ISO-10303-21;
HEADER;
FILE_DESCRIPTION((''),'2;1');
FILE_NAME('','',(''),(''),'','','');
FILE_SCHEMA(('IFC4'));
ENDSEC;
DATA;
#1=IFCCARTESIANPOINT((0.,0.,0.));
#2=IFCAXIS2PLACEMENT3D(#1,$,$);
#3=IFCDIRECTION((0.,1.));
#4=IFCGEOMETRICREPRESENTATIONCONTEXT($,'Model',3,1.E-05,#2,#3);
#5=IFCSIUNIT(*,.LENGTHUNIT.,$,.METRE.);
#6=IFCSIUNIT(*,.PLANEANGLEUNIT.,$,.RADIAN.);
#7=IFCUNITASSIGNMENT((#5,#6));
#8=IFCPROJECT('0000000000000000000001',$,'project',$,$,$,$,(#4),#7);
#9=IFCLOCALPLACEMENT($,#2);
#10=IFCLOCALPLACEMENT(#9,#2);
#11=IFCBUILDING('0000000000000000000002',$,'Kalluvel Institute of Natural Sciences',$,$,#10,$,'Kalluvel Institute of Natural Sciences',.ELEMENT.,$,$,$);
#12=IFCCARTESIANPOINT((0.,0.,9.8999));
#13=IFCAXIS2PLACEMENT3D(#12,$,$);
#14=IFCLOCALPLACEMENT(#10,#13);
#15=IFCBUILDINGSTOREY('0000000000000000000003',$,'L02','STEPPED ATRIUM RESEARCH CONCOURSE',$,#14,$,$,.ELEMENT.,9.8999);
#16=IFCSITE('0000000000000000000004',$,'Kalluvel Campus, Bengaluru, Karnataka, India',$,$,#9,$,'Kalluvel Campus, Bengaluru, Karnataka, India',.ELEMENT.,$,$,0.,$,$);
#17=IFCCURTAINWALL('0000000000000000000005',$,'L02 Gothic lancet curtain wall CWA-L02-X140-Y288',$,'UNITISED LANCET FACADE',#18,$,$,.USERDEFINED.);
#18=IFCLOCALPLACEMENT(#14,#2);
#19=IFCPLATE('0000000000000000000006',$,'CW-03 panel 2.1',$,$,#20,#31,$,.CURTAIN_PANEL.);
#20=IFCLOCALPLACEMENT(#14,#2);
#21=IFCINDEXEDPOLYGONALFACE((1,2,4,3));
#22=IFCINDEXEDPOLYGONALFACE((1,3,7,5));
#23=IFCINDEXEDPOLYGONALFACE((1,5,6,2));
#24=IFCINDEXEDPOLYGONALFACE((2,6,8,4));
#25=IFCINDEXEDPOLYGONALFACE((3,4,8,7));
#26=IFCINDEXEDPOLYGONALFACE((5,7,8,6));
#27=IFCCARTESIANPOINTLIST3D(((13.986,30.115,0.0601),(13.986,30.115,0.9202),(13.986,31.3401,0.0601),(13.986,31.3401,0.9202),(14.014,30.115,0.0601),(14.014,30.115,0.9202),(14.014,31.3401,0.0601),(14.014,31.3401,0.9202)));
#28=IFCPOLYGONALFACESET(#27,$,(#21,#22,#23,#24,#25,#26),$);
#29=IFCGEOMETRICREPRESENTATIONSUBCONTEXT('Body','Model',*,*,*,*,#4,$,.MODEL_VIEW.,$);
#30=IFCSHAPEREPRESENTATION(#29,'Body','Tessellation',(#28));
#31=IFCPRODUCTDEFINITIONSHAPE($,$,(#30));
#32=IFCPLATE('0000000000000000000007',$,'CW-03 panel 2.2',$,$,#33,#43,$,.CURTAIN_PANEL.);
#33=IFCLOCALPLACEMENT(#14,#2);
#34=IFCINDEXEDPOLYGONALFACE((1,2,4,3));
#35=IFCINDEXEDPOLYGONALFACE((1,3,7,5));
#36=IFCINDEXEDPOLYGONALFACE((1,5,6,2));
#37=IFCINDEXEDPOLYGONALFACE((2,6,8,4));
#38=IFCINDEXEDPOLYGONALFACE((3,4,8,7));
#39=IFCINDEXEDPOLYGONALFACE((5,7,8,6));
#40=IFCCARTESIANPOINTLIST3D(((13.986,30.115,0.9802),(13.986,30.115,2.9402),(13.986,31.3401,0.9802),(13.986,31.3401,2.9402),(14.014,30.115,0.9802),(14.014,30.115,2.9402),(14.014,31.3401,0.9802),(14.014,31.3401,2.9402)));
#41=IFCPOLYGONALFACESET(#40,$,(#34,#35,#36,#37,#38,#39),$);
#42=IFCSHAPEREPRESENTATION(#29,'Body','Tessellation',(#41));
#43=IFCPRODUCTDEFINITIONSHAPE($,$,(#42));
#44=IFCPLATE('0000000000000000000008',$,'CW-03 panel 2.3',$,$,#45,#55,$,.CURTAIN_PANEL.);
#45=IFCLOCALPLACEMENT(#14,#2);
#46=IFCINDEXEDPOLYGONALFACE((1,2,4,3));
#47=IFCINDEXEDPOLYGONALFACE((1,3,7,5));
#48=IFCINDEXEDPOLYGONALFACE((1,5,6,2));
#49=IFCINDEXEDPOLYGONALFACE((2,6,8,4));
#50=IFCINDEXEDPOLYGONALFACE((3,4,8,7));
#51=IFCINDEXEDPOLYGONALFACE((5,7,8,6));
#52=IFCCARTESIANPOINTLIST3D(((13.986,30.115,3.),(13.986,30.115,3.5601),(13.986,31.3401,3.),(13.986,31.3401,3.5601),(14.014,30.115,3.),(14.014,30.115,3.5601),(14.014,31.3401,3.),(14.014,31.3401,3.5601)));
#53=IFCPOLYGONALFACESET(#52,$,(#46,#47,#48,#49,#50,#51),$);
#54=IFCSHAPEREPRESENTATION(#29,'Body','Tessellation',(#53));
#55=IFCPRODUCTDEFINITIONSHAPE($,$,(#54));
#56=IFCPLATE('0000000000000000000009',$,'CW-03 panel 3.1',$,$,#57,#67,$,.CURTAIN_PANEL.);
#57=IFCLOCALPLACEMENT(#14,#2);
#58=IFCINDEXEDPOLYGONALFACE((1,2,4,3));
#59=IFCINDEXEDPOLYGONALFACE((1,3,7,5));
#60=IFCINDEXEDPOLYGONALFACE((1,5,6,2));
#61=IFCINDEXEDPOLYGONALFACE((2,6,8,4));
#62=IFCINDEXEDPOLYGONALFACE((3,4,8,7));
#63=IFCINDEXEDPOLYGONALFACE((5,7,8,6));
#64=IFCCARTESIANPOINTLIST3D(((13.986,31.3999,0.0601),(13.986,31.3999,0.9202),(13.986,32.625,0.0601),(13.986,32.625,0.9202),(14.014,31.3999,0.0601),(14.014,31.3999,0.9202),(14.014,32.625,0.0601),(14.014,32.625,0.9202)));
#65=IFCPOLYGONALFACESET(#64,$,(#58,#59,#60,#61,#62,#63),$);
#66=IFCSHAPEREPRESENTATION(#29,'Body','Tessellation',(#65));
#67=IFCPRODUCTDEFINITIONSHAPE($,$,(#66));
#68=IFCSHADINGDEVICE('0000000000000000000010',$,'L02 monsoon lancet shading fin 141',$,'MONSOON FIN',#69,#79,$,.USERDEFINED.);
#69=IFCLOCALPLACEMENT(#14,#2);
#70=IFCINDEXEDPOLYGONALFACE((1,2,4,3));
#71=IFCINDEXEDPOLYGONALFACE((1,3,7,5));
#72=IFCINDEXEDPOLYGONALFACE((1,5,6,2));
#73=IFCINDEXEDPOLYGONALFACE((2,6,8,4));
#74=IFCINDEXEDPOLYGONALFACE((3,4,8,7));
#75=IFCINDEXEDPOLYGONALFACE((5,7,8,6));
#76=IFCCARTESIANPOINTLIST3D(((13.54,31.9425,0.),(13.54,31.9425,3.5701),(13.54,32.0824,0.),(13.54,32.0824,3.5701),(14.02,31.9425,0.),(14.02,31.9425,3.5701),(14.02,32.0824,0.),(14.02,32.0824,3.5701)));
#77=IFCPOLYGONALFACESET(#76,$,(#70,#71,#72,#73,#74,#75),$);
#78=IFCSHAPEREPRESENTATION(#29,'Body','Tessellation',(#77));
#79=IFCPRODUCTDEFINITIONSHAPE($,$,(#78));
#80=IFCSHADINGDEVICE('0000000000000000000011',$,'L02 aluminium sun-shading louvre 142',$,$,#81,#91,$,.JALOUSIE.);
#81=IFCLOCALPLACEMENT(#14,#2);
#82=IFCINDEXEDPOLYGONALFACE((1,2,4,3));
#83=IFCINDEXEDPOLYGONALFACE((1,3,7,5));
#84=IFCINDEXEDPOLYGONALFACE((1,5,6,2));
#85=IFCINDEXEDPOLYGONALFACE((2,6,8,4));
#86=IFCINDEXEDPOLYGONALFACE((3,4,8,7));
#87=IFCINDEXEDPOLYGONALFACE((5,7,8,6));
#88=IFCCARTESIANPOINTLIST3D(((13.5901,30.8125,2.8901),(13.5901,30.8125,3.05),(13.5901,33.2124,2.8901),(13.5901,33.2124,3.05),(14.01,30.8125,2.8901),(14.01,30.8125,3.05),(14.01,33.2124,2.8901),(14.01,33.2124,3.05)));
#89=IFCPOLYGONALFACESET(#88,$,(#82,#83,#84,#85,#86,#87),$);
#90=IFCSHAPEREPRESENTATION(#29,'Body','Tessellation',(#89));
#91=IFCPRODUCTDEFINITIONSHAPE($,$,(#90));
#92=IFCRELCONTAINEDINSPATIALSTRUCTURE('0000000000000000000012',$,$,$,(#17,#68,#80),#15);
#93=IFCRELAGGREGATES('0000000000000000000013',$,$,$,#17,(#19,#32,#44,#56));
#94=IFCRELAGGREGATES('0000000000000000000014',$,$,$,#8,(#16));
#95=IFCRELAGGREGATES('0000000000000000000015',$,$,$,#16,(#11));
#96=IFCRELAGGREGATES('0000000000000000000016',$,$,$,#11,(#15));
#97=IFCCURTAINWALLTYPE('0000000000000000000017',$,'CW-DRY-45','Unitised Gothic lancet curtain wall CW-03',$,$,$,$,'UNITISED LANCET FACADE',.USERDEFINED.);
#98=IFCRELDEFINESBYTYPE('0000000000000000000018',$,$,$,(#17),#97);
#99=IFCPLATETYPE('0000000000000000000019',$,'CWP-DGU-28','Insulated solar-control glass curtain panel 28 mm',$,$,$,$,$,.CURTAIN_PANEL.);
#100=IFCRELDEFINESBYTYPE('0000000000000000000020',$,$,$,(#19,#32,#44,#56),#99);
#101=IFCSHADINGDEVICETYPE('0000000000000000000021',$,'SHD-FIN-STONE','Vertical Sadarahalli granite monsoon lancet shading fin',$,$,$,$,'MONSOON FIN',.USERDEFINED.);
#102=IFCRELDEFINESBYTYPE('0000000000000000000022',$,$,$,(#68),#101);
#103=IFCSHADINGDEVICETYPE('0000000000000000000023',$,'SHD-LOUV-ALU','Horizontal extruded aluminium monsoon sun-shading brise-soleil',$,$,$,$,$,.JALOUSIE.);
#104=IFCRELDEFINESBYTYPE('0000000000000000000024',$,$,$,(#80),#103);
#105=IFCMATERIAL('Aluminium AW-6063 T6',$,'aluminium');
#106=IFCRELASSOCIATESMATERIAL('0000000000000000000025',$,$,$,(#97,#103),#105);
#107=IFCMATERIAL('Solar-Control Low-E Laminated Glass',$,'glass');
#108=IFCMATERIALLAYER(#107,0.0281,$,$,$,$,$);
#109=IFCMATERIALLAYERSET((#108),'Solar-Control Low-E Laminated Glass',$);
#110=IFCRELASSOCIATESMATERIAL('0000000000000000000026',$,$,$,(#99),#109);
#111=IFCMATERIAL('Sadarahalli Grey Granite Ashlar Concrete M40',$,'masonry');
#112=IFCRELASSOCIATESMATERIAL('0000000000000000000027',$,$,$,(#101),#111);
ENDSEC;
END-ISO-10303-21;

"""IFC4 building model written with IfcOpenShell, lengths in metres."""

from ifc_helpers import new_model, si_unit, direction, frame, origin, origin_2d, place, context, subcontext, project, spatial, rectangle, extrude, material, layer, layer_set, type_object, element, aggregate, save


model = new_model("IFC4")

# Units and contexts
model_context = context("Model", 3, precision=1e-05, world=origin(), true_north=direction((0.0, 1.0)))
body_context = subcontext(model_context, "Body", "Model", "MODEL_VIEW")
ifc_project = project(units=[si_unit("LENGTHUNIT", "METRE"), si_unit("PLANEANGLEUNIT", "RADIAN")], contexts=[model_context])

# Site, building, storey
site_placement = place(None, origin())
site = spatial("IfcSite", under=ifc_project, at=site_placement, Name="Kalluvel Campus, Bengaluru, Karnataka, India", LongName="Kalluvel Campus, Bengaluru, Karnataka, India", CompositionType="ELEMENT", RefElevation=0.0)
building_placement = place(site_placement, origin())
building = spatial("IfcBuilding", under=site, at=building_placement, Name="Kalluvel Institute of Natural Sciences", LongName="Kalluvel Institute of Natural Sciences", CompositionType="ELEMENT")
storey_placement = place(building_placement, frame((0.0, 0.0, 9.8999)))
storey = spatial("IfcBuildingStorey", under=building, at=storey_placement, Name="L02", Description="STEPPED ATRIUM RESEARCH CONCOURSE", CompositionType="ELEMENT", Elevation=9.8999)

# Curtain wall
ifc_material_1 = material(Name="Aluminium AW-6063 T6", Category="aluminium")
curtain_wall_type = type_object("IfcCurtainWallType", Name="CW-DRY-45", Description="Unitised Gothic lancet curtain wall CW-03", ElementType="UNITISED LANCET FACADE", PredefinedType="USERDEFINED", material=ifc_material_1)
curtain_wall_placement = place(storey_placement, origin())
curtain_wall = element("IfcCurtainWall", 1, at=curtain_wall_placement, inside=storey, type_object=curtain_wall_type, Name="L02 Gothic lancet curtain wall CWA-L02-X140-Y288", ObjectType="UNITISED LANCET FACADE", PredefinedType="USERDEFINED")

# Plates
ifc_material_2 = material(Name="Solar-Control Low-E Laminated Glass", Category="glass")
ifc_layer = layer(ifc_material_2, 0.0281)
ifc_layer_set = layer_set([ifc_layer], Name="Solar-Control Low-E Laminated Glass")
plate_type = type_object("IfcPlateType", Name="CWP-DGU-28", Description="Insulated solar-control glass curtain panel 28 mm", PredefinedType="CURTAIN_PANEL", material=ifc_layer_set)
plate_1_placement = place(storey_placement, frame((14.0, 30.7275, 0.0601), z_axis=(0.0, 0.0, 1.0), x_axis=(0.0, 1.0, 0.0)))
plate_1 = element("IfcPlate", 2, at=plate_1_placement, type_object=plate_type, Name="CW-03 panel 2.1", PredefinedType="CURTAIN_PANEL", context=body_context, shape_type="SweptSolid", body=[
    extrude(rectangle(XDim=1.2251, YDim=0.0281, at=origin_2d()), origin(), (0.0, 0.0, 1.0), 0.8601),
])
plate_2_placement = place(storey_placement, frame((14.0, 30.7275, 0.9802), z_axis=(0.0, 0.0, 1.0), x_axis=(0.0, 1.0, 0.0)))
plate_2 = element("IfcPlate", 3, at=plate_2_placement, type_object=plate_type, Name="CW-03 panel 2.2", PredefinedType="CURTAIN_PANEL", context=body_context, shape_type="SweptSolid", body=[
    extrude(rectangle(XDim=1.2251, YDim=0.0281, at=origin_2d()), origin(), (0.0, 0.0, 1.0), 1.96),
])
plate_3_placement = place(storey_placement, frame((14.0, 30.7275, 3.0), z_axis=(0.0, 0.0, 1.0), x_axis=(0.0, 1.0, 0.0)))
plate_3 = element("IfcPlate", 4, at=plate_3_placement, type_object=plate_type, Name="CW-03 panel 2.3", PredefinedType="CURTAIN_PANEL", context=body_context, shape_type="SweptSolid", body=[
    extrude(rectangle(XDim=1.2251, YDim=0.0281, at=origin_2d()), origin(), (0.0, 0.0, 1.0), 0.5601),
])
plate_4_placement = place(storey_placement, frame((14.0, 32.0125, 0.0601), z_axis=(0.0, 0.0, 1.0), x_axis=(0.0, 1.0, 0.0)))
plate_4 = element("IfcPlate", 5, at=plate_4_placement, type_object=plate_type, Name="CW-03 panel 3.1", PredefinedType="CURTAIN_PANEL", context=body_context, shape_type="SweptSolid", body=[
    extrude(rectangle(XDim=1.2251, YDim=0.0281, at=origin_2d()), origin(), (0.0, 0.0, 1.0), 0.8601),
])
aggregate(curtain_wall, [plate_1, plate_2, plate_3, plate_4])

# Shading devices
ifc_material_3 = material(Name="Sadarahalli Grey Granite Ashlar Concrete M40", Category="masonry")
shading_device_type_1 = type_object("IfcShadingDeviceType", Name="SHD-FIN-STONE", Description="Vertical Sadarahalli granite monsoon lancet shading fin", ElementType="MONSOON FIN", PredefinedType="USERDEFINED", material=ifc_material_3)
shading_device_1_placement = place(storey_placement, frame((13.78, 32.0125, 0.0), z_axis=(0.0, 0.0, 1.0), x_axis=(0.0, 1.0, 0.0)))
element("IfcShadingDevice", 6, at=shading_device_1_placement, inside=storey, type_object=shading_device_type_1, Name="L02 monsoon lancet shading fin 141", ObjectType="MONSOON FIN", PredefinedType="USERDEFINED", context=body_context, shape_type="SweptSolid", body=[
    extrude(rectangle(XDim=0.1399, YDim=0.48, at=origin_2d()), origin(), (0.0, 0.0, 1.0), 3.5701),
])
shading_device_type_2 = type_object("IfcShadingDeviceType", Name="SHD-LOUV-ALU", Description="Horizontal extruded aluminium monsoon sun-shading brise-soleil", PredefinedType="JALOUSIE", material=ifc_material_1)
shading_device_2_placement = place(storey_placement, frame((13.8, 32.0125, 2.8901), z_axis=(0.0, 0.0, 1.0), x_axis=(0.0, 1.0, 0.0)))
element("IfcShadingDevice", 7, at=shading_device_2_placement, inside=storey, type_object=shading_device_type_2, Name="L02 aluminium sun-shading louvre 142", PredefinedType="JALOUSIE", context=body_context, shape_type="SweptSolid", body=[
    extrude(rectangle(XDim=2.3999, YDim=0.4199, at=origin_2d()), origin(), (0.0, 0.0, 1.0), 0.1599),
])

save(model, "model.ifc")
